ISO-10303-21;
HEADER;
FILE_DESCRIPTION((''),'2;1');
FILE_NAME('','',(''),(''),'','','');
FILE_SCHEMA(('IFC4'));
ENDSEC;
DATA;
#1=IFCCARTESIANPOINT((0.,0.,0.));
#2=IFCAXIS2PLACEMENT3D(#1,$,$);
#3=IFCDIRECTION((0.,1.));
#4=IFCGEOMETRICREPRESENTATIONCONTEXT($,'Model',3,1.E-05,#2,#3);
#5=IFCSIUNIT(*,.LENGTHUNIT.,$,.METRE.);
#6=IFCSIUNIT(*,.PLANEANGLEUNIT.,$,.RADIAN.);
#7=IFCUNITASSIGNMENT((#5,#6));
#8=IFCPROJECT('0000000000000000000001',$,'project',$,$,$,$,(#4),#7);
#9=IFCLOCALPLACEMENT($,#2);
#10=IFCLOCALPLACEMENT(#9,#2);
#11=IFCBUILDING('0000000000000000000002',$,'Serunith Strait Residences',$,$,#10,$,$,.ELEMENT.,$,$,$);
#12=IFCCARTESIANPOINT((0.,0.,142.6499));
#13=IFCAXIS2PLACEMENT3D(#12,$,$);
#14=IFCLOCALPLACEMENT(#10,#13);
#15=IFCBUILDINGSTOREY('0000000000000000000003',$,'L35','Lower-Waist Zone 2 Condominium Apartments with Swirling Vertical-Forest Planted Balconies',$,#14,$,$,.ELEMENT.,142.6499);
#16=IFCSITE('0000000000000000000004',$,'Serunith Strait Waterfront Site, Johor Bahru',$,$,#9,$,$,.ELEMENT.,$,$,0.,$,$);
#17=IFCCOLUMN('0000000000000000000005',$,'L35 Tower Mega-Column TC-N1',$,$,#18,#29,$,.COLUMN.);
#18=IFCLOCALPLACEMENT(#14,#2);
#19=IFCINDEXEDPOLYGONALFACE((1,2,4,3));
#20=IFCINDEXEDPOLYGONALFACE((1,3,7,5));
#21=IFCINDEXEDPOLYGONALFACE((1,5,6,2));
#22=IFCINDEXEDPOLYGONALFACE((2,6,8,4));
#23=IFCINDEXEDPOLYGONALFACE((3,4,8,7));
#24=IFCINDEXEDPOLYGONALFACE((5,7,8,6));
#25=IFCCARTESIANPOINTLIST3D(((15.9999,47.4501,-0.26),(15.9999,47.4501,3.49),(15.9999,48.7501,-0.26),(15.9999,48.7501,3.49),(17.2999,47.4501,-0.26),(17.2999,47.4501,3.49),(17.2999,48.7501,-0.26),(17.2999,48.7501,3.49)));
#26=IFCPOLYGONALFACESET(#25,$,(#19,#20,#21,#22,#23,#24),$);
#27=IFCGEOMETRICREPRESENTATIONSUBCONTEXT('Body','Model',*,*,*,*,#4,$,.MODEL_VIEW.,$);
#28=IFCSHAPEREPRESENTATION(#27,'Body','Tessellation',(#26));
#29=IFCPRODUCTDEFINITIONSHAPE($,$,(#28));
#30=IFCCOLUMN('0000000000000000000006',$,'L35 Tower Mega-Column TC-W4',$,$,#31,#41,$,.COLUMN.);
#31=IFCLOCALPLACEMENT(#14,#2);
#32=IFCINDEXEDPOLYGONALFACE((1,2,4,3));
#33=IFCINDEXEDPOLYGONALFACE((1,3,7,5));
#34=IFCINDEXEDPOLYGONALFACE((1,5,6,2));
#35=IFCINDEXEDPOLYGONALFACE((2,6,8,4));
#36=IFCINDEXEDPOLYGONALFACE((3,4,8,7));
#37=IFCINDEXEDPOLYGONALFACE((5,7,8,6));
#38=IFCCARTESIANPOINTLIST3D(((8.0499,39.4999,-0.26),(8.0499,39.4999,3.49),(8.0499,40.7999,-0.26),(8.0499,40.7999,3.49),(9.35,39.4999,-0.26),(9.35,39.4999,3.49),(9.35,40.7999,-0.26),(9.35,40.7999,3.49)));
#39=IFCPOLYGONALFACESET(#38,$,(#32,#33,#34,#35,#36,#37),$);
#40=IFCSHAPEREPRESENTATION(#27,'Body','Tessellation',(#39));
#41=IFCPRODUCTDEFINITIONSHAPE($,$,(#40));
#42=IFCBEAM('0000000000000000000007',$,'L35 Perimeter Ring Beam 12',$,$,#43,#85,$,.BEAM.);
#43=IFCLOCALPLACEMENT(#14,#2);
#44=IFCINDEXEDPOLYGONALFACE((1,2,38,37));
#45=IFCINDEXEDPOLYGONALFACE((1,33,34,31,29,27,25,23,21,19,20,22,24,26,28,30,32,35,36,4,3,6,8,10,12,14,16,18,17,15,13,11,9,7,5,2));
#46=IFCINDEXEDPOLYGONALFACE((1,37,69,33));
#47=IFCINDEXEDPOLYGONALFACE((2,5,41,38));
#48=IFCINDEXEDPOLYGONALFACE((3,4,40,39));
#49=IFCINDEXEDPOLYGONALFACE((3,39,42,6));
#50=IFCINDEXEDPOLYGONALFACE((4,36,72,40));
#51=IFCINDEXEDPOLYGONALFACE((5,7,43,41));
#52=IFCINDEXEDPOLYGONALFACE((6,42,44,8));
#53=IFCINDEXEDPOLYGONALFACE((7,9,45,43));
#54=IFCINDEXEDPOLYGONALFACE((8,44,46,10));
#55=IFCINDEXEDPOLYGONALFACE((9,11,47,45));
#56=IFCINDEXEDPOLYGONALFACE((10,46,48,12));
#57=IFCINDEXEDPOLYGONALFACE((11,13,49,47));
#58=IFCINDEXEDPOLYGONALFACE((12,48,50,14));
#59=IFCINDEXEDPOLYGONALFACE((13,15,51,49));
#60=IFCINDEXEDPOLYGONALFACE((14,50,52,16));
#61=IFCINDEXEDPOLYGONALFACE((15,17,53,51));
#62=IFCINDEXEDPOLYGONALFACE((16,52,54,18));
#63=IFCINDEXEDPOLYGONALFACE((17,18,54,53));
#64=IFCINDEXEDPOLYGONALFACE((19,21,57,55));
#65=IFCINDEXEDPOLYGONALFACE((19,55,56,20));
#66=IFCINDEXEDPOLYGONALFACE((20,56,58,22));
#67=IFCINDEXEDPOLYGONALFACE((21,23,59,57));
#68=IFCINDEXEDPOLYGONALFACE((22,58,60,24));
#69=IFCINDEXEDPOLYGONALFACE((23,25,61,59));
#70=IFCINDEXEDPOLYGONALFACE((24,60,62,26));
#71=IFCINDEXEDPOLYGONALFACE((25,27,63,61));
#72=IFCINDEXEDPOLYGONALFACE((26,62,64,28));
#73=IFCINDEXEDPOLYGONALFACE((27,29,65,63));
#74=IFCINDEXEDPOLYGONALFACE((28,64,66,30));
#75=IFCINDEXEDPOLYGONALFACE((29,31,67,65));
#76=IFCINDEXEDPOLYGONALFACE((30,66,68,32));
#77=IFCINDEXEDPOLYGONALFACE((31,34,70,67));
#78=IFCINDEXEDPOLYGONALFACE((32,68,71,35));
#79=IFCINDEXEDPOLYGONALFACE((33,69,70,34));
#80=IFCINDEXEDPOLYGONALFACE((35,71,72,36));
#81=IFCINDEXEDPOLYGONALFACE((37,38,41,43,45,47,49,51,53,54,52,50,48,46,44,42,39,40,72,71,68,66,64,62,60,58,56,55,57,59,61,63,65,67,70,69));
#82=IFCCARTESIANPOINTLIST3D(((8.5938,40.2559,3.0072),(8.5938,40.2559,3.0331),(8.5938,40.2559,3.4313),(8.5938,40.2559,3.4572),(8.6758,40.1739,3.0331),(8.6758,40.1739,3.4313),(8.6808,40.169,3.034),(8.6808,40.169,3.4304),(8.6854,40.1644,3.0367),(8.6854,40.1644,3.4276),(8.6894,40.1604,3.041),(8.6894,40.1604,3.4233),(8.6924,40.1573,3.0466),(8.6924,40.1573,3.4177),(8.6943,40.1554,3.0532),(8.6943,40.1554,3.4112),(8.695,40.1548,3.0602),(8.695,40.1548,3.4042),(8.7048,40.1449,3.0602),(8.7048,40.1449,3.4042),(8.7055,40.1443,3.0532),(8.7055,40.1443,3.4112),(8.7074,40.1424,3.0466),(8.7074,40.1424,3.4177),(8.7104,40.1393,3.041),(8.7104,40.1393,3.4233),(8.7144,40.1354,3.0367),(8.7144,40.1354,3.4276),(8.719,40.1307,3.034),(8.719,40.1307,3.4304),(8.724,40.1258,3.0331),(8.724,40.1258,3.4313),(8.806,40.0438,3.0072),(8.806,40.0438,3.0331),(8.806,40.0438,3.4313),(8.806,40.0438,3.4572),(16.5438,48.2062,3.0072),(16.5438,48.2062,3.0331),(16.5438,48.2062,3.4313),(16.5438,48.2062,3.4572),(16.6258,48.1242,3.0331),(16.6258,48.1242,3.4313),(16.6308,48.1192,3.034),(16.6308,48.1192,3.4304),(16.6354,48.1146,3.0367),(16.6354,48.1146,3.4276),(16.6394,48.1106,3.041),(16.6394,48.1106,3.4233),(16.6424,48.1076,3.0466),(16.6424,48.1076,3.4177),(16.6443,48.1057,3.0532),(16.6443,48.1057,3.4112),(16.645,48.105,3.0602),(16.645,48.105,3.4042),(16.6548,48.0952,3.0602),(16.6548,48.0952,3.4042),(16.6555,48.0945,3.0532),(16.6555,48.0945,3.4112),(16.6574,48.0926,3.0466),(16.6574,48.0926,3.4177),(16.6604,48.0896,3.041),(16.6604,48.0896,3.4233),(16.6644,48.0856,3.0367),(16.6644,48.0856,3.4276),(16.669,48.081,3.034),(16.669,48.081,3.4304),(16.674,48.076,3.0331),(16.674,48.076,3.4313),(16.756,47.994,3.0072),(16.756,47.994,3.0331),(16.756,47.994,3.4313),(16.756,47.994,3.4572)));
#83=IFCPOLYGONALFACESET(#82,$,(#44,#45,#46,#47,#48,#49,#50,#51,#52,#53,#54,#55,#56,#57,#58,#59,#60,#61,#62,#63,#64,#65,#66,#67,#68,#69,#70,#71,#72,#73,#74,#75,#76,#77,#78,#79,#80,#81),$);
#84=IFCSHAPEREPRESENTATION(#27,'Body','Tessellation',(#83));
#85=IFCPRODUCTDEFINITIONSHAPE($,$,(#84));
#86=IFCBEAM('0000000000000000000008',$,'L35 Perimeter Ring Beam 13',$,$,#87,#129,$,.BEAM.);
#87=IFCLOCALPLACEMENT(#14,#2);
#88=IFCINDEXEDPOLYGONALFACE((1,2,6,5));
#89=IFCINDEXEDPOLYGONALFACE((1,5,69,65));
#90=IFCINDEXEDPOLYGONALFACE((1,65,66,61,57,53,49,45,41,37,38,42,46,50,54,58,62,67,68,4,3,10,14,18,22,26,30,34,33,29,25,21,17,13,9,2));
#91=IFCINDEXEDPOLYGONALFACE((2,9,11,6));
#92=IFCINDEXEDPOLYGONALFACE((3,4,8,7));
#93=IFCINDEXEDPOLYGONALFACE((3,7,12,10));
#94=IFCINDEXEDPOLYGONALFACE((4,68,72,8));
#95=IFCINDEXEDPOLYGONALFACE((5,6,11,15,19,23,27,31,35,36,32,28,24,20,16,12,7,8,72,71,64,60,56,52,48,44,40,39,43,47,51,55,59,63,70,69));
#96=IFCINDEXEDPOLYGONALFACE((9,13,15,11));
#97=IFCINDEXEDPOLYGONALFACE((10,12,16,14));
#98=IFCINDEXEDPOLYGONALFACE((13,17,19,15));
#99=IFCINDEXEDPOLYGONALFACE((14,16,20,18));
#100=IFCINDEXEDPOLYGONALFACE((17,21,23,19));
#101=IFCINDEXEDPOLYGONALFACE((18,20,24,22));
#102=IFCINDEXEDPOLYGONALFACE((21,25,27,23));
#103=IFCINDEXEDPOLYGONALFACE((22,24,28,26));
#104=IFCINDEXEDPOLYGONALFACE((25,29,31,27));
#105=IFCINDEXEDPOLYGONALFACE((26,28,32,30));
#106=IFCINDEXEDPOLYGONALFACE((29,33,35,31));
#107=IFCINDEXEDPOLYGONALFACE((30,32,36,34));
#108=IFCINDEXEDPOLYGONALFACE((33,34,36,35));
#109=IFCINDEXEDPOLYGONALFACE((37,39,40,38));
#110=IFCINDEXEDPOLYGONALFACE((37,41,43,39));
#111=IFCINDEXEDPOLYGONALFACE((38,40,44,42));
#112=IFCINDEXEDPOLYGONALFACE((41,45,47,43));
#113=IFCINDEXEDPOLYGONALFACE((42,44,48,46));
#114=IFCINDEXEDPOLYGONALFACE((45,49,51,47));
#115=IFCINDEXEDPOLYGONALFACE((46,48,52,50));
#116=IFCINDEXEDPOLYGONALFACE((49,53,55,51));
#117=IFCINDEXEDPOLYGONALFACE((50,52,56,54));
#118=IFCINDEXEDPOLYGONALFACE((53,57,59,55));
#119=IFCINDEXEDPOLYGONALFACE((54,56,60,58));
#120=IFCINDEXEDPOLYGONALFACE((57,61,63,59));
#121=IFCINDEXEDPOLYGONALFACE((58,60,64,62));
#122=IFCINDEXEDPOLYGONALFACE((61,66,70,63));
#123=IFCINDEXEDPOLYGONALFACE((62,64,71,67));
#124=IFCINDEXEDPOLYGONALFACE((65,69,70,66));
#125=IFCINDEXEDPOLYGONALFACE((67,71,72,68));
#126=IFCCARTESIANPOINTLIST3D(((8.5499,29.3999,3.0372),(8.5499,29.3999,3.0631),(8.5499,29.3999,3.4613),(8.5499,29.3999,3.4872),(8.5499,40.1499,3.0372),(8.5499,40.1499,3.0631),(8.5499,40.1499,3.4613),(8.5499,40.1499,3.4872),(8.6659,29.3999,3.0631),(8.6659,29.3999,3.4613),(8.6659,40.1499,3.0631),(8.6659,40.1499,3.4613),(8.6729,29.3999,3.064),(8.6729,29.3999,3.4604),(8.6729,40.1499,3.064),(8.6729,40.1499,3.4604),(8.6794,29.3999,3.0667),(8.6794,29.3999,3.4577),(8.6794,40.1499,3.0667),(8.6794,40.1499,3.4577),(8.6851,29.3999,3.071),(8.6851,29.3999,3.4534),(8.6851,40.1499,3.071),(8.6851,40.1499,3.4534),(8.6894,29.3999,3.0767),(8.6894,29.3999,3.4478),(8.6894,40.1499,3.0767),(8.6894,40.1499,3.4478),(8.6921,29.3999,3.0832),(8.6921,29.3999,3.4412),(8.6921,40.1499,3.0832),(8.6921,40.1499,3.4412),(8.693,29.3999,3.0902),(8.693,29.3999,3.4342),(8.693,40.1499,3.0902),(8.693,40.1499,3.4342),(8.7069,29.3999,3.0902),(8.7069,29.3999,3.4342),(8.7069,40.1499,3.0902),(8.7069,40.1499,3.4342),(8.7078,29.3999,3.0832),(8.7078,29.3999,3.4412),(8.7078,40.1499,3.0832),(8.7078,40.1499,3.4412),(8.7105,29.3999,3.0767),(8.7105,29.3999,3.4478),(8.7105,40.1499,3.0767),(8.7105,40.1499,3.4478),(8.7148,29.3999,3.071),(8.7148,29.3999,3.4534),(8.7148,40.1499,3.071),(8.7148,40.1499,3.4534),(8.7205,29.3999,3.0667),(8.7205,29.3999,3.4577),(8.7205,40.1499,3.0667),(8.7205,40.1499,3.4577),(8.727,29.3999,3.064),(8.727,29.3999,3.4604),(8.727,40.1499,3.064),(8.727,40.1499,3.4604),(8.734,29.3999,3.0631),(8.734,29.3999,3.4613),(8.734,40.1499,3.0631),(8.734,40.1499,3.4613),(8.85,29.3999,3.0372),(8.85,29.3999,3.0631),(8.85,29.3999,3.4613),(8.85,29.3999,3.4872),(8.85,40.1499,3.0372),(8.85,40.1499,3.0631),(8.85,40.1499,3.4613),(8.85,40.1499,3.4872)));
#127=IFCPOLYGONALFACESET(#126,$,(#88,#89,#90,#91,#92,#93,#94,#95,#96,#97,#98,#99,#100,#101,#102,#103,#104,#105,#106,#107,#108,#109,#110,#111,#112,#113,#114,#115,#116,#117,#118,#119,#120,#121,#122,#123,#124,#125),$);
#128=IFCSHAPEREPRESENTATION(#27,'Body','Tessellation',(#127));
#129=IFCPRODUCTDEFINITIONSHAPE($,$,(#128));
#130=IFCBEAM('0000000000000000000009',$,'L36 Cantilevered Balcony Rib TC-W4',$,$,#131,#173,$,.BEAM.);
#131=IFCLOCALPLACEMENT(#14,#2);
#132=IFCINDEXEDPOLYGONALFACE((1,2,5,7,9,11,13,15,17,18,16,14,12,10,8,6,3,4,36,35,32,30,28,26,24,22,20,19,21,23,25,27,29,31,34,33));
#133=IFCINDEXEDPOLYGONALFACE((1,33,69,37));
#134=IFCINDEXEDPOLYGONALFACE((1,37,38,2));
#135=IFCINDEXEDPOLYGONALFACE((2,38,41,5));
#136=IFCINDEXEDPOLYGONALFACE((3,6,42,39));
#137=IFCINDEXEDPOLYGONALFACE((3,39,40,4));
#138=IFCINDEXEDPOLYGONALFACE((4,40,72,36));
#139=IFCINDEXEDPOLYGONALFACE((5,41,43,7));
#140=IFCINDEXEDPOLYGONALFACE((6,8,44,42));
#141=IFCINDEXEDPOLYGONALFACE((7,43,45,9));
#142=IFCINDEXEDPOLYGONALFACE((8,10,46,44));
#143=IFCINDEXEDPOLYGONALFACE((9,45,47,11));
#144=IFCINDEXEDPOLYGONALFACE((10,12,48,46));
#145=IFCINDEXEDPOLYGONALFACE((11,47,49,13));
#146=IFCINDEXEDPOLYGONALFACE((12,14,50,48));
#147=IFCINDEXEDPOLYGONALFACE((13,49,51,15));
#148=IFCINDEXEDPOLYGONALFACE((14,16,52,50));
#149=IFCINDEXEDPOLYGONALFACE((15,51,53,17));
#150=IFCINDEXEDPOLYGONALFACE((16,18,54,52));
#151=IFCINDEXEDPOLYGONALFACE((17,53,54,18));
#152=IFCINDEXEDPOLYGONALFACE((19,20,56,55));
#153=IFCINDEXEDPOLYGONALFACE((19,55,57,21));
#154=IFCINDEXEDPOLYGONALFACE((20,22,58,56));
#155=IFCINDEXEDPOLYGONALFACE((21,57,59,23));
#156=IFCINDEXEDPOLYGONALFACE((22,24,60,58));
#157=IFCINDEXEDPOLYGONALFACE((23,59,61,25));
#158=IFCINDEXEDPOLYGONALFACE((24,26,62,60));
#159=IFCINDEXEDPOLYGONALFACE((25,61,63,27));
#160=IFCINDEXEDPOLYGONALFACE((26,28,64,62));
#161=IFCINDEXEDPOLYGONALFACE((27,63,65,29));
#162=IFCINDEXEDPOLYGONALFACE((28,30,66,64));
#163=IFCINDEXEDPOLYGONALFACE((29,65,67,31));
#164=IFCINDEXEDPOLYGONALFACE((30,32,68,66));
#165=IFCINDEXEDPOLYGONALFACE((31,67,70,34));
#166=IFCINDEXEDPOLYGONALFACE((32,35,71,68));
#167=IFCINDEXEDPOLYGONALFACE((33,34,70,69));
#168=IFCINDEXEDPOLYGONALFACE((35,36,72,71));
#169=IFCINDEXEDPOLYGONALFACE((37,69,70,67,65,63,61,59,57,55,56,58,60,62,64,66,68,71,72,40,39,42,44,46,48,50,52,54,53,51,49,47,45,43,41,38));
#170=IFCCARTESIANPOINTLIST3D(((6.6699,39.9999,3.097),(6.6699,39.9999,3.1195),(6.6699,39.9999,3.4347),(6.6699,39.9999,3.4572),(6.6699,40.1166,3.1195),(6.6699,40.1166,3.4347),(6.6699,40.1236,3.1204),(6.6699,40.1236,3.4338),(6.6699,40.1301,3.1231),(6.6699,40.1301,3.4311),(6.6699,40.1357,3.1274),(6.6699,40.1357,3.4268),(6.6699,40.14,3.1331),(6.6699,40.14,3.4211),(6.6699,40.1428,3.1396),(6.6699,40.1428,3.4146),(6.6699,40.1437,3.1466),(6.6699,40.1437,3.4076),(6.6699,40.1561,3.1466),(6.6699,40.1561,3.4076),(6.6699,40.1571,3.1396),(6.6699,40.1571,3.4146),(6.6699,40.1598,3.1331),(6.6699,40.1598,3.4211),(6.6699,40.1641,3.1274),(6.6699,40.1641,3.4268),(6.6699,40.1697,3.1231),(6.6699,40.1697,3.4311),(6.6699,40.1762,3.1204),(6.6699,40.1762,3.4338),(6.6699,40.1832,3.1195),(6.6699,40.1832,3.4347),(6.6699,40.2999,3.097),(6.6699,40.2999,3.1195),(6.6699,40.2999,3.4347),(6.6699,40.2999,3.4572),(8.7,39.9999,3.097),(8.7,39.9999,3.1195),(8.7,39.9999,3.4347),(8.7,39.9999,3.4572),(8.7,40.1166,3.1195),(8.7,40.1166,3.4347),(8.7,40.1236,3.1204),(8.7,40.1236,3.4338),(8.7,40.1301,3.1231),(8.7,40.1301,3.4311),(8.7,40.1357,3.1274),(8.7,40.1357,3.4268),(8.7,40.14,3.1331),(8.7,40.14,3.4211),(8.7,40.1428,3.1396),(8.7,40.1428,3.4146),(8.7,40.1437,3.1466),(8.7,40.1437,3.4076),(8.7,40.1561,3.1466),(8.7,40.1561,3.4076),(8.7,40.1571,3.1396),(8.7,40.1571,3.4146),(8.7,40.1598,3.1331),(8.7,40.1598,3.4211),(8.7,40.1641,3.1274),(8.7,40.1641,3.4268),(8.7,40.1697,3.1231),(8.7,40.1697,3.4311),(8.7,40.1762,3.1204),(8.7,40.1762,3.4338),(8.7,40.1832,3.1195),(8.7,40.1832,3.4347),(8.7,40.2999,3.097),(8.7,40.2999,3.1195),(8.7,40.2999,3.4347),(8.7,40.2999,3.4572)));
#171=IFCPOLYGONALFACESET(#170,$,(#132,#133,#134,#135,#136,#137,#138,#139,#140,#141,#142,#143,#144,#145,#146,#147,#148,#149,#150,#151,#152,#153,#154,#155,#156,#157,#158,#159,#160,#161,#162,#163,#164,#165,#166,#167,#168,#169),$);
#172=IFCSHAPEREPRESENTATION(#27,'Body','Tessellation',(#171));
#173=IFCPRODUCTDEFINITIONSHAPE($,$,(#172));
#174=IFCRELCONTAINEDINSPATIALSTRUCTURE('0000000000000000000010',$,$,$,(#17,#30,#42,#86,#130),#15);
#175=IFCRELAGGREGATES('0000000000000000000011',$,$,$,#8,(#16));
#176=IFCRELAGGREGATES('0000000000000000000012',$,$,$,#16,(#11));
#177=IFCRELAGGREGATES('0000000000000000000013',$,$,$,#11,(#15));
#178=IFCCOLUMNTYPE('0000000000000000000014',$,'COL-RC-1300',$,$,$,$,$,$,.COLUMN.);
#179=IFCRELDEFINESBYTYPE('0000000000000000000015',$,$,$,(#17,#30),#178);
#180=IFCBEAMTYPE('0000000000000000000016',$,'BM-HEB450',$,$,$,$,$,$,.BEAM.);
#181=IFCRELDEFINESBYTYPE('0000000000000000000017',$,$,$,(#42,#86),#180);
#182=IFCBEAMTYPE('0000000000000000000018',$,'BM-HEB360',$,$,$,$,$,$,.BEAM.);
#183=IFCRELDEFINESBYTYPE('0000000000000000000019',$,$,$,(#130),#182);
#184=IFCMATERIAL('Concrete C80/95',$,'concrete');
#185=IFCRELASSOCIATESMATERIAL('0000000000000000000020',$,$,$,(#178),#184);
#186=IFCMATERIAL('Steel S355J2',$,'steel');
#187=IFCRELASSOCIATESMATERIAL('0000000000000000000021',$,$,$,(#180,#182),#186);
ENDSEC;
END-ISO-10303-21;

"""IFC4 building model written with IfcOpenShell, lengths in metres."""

from ifc_helpers import new_model, si_unit, direction, frame, origin, origin_2d, place, context, subcontext, project, spatial, rectangle, i_section, extrude, source, transform, mapped, material, material_profile, profile_set, type_object, element, save


model = new_model("IFC4")

# Units and contexts
model_context = context("Model", 3, precision=1e-05, world=origin(), true_north=direction((0.0, 1.0)))
body_context = subcontext(model_context, "Body", "Model", "MODEL_VIEW")
ifc_project = project(units=[si_unit("LENGTHUNIT", "METRE"), si_unit("PLANEANGLEUNIT", "RADIAN")], contexts=[model_context])

# Site, building, storey
site_placement = place(None, origin())
site = spatial("IfcSite", under=ifc_project, at=site_placement, Name="Serunith Strait Waterfront Site, Johor Bahru", CompositionType="ELEMENT", RefElevation=0.0)
building_placement = place(site_placement, origin())
building = spatial("IfcBuilding", under=site, at=building_placement, Name="Serunith Strait Residences", CompositionType="ELEMENT")
storey_placement = place(building_placement, frame((0.0, 0.0, 142.6499)))
storey = spatial("IfcBuildingStorey", under=building, at=storey_placement, Name="L35", Description="Lower-Waist Zone 2 Condominium Apartments with Swirling Vertical-Forest Planted Balconies", CompositionType="ELEMENT", Elevation=142.6499)

# Columns
ifc_material_1 = material(Name="Concrete C80/95", Category="concrete")
ifc_material_profile_1 = material_profile(ifc_material_1, rectangle(XDim=1.3, YDim=1.3, at=origin_2d()), Name="RC 1300x1300")
ifc_profile_set_1 = profile_set([ifc_material_profile_1], Name="Concrete C80/95")
column_type = type_object("IfcColumnType", Name="COL-RC-1300", PredefinedType="COLUMN", material=ifc_profile_set_1)
shared_shape_1 = source(origin(), body_context, "Body", "SweptSolid", [
    extrude(rectangle(XDim=1.3, YDim=1.3, at=origin_2d()), origin(), (0.0, 0.0, 1.0), 3.75),
])
for number, where, z_axis, x_axis, name in (
    (1, (16.6499, 48.1001, -0.26), (0.0, 0.0, 1.0), (1.0, 0.0, 0.0), "L35 Tower Mega-Column TC-N1"),
    (2, (8.7, 40.1499, -0.26), (0.0, 0.0, 1.0), (1.0, 0.0, 0.0), "L35 Tower Mega-Column TC-W4"),
):
    element("IfcColumn", number, at=place(storey_placement, frame(where, z_axis=z_axis, x_axis=x_axis)), inside=storey, type_object=column_type, Name=name, PredefinedType="COLUMN", context=body_context, shape_type="MappedRepresentation", body=[
        mapped(shared_shape_1, transform((0.0, 0.0, 0.0), scale=1.0)),
    ])

# Beams
ifc_material_2 = material(Name="Steel S355J2", Category="steel")
ifc_material_profile_2 = material_profile(ifc_material_2, i_section(OverallWidth=0.3, OverallDepth=0.45, WebThickness=0.0139, FlangeThickness=0.0259, FilletRadius=0.0271, at=origin_2d()), Name="HEB 450")
ifc_profile_set_2 = profile_set([ifc_material_profile_2], Name="Steel S355J2")
beam_type_1 = type_object("IfcBeamType", Name="BM-HEB450", PredefinedType="BEAM", material=ifc_profile_set_2)
shared_shape_2 = source(origin(), body_context, "Body", "SweptSolid", [
    extrude(i_section(OverallWidth=0.3, OverallDepth=0.45, WebThickness=0.0139, FlangeThickness=0.0259, FilletRadius=0.0271, at=origin_2d()), origin(), (0.0, 0.0, 1.0), 11.2432),
])
beam_1_placement = place(storey_placement, frame((16.6499, 48.1001, 3.2322), z_axis=(-0.707096, -0.707118, 0.0), x_axis=(0.707118, -0.707096, 0.0)))
element("IfcBeam", 3, at=beam_1_placement, inside=storey, type_object=beam_type_1, Name="L35 Perimeter Ring Beam 12", PredefinedType="BEAM", context=body_context, shape_type="MappedRepresentation", body=[
    mapped(shared_shape_2, transform((0.0, 0.0, 0.0), scale=1.0)),
])
shared_shape_3 = source(origin(), body_context, "Body", "SweptSolid", [
    extrude(i_section(OverallWidth=0.3, OverallDepth=0.45, WebThickness=0.0139, FlangeThickness=0.0259, FilletRadius=0.0271, at=origin_2d()), origin(), (0.0, 0.0, 1.0), 10.75),
])
beam_2_placement = place(storey_placement, frame((8.7, 40.1499, 3.2622), z_axis=(0.0, -1.0, 0.0), x_axis=(1.0, 0.0, 0.0)))
element("IfcBeam", 4, at=beam_2_placement, inside=storey, type_object=beam_type_1, Name="L35 Perimeter Ring Beam 13", PredefinedType="BEAM", context=body_context, shape_type="MappedRepresentation", body=[
    mapped(shared_shape_3, transform((0.0, 0.0, 0.0), scale=1.0)),
])
ifc_material_profile_3 = material_profile(ifc_material_2, i_section(OverallWidth=0.3, OverallDepth=0.3601, WebThickness=0.0125, FlangeThickness=0.0225, FilletRadius=0.0271, at=origin_2d()), Name="HEB 360")
ifc_profile_set_3 = profile_set([ifc_material_profile_3], Name="Steel S355J2")
beam_type_2 = type_object("IfcBeamType", Name="BM-HEB360", PredefinedType="BEAM", material=ifc_profile_set_3)
shared_shape_4 = source(origin(), body_context, "Body", "SweptSolid", [
    extrude(i_section(OverallWidth=0.3, OverallDepth=0.3601, WebThickness=0.0125, FlangeThickness=0.0225, FilletRadius=0.0271, at=origin_2d()), origin(), (0.0, 0.0, 1.0), 2.03),
])
beam_3_placement = place(storey_placement, frame((8.7, 40.1499, 3.2771), z_axis=(-1.0, 0.0, 0.0), x_axis=(0.0, -1.0, 0.0)))
element("IfcBeam", 5, at=beam_3_placement, inside=storey, type_object=beam_type_2, Name="L36 Cantilevered Balcony Rib TC-W4", PredefinedType="BEAM", context=body_context, shape_type="MappedRepresentation", body=[
    mapped(shared_shape_4, transform((0.0, 0.0, 0.0), scale=1.0)),
])

save(model, "model.ifc")
